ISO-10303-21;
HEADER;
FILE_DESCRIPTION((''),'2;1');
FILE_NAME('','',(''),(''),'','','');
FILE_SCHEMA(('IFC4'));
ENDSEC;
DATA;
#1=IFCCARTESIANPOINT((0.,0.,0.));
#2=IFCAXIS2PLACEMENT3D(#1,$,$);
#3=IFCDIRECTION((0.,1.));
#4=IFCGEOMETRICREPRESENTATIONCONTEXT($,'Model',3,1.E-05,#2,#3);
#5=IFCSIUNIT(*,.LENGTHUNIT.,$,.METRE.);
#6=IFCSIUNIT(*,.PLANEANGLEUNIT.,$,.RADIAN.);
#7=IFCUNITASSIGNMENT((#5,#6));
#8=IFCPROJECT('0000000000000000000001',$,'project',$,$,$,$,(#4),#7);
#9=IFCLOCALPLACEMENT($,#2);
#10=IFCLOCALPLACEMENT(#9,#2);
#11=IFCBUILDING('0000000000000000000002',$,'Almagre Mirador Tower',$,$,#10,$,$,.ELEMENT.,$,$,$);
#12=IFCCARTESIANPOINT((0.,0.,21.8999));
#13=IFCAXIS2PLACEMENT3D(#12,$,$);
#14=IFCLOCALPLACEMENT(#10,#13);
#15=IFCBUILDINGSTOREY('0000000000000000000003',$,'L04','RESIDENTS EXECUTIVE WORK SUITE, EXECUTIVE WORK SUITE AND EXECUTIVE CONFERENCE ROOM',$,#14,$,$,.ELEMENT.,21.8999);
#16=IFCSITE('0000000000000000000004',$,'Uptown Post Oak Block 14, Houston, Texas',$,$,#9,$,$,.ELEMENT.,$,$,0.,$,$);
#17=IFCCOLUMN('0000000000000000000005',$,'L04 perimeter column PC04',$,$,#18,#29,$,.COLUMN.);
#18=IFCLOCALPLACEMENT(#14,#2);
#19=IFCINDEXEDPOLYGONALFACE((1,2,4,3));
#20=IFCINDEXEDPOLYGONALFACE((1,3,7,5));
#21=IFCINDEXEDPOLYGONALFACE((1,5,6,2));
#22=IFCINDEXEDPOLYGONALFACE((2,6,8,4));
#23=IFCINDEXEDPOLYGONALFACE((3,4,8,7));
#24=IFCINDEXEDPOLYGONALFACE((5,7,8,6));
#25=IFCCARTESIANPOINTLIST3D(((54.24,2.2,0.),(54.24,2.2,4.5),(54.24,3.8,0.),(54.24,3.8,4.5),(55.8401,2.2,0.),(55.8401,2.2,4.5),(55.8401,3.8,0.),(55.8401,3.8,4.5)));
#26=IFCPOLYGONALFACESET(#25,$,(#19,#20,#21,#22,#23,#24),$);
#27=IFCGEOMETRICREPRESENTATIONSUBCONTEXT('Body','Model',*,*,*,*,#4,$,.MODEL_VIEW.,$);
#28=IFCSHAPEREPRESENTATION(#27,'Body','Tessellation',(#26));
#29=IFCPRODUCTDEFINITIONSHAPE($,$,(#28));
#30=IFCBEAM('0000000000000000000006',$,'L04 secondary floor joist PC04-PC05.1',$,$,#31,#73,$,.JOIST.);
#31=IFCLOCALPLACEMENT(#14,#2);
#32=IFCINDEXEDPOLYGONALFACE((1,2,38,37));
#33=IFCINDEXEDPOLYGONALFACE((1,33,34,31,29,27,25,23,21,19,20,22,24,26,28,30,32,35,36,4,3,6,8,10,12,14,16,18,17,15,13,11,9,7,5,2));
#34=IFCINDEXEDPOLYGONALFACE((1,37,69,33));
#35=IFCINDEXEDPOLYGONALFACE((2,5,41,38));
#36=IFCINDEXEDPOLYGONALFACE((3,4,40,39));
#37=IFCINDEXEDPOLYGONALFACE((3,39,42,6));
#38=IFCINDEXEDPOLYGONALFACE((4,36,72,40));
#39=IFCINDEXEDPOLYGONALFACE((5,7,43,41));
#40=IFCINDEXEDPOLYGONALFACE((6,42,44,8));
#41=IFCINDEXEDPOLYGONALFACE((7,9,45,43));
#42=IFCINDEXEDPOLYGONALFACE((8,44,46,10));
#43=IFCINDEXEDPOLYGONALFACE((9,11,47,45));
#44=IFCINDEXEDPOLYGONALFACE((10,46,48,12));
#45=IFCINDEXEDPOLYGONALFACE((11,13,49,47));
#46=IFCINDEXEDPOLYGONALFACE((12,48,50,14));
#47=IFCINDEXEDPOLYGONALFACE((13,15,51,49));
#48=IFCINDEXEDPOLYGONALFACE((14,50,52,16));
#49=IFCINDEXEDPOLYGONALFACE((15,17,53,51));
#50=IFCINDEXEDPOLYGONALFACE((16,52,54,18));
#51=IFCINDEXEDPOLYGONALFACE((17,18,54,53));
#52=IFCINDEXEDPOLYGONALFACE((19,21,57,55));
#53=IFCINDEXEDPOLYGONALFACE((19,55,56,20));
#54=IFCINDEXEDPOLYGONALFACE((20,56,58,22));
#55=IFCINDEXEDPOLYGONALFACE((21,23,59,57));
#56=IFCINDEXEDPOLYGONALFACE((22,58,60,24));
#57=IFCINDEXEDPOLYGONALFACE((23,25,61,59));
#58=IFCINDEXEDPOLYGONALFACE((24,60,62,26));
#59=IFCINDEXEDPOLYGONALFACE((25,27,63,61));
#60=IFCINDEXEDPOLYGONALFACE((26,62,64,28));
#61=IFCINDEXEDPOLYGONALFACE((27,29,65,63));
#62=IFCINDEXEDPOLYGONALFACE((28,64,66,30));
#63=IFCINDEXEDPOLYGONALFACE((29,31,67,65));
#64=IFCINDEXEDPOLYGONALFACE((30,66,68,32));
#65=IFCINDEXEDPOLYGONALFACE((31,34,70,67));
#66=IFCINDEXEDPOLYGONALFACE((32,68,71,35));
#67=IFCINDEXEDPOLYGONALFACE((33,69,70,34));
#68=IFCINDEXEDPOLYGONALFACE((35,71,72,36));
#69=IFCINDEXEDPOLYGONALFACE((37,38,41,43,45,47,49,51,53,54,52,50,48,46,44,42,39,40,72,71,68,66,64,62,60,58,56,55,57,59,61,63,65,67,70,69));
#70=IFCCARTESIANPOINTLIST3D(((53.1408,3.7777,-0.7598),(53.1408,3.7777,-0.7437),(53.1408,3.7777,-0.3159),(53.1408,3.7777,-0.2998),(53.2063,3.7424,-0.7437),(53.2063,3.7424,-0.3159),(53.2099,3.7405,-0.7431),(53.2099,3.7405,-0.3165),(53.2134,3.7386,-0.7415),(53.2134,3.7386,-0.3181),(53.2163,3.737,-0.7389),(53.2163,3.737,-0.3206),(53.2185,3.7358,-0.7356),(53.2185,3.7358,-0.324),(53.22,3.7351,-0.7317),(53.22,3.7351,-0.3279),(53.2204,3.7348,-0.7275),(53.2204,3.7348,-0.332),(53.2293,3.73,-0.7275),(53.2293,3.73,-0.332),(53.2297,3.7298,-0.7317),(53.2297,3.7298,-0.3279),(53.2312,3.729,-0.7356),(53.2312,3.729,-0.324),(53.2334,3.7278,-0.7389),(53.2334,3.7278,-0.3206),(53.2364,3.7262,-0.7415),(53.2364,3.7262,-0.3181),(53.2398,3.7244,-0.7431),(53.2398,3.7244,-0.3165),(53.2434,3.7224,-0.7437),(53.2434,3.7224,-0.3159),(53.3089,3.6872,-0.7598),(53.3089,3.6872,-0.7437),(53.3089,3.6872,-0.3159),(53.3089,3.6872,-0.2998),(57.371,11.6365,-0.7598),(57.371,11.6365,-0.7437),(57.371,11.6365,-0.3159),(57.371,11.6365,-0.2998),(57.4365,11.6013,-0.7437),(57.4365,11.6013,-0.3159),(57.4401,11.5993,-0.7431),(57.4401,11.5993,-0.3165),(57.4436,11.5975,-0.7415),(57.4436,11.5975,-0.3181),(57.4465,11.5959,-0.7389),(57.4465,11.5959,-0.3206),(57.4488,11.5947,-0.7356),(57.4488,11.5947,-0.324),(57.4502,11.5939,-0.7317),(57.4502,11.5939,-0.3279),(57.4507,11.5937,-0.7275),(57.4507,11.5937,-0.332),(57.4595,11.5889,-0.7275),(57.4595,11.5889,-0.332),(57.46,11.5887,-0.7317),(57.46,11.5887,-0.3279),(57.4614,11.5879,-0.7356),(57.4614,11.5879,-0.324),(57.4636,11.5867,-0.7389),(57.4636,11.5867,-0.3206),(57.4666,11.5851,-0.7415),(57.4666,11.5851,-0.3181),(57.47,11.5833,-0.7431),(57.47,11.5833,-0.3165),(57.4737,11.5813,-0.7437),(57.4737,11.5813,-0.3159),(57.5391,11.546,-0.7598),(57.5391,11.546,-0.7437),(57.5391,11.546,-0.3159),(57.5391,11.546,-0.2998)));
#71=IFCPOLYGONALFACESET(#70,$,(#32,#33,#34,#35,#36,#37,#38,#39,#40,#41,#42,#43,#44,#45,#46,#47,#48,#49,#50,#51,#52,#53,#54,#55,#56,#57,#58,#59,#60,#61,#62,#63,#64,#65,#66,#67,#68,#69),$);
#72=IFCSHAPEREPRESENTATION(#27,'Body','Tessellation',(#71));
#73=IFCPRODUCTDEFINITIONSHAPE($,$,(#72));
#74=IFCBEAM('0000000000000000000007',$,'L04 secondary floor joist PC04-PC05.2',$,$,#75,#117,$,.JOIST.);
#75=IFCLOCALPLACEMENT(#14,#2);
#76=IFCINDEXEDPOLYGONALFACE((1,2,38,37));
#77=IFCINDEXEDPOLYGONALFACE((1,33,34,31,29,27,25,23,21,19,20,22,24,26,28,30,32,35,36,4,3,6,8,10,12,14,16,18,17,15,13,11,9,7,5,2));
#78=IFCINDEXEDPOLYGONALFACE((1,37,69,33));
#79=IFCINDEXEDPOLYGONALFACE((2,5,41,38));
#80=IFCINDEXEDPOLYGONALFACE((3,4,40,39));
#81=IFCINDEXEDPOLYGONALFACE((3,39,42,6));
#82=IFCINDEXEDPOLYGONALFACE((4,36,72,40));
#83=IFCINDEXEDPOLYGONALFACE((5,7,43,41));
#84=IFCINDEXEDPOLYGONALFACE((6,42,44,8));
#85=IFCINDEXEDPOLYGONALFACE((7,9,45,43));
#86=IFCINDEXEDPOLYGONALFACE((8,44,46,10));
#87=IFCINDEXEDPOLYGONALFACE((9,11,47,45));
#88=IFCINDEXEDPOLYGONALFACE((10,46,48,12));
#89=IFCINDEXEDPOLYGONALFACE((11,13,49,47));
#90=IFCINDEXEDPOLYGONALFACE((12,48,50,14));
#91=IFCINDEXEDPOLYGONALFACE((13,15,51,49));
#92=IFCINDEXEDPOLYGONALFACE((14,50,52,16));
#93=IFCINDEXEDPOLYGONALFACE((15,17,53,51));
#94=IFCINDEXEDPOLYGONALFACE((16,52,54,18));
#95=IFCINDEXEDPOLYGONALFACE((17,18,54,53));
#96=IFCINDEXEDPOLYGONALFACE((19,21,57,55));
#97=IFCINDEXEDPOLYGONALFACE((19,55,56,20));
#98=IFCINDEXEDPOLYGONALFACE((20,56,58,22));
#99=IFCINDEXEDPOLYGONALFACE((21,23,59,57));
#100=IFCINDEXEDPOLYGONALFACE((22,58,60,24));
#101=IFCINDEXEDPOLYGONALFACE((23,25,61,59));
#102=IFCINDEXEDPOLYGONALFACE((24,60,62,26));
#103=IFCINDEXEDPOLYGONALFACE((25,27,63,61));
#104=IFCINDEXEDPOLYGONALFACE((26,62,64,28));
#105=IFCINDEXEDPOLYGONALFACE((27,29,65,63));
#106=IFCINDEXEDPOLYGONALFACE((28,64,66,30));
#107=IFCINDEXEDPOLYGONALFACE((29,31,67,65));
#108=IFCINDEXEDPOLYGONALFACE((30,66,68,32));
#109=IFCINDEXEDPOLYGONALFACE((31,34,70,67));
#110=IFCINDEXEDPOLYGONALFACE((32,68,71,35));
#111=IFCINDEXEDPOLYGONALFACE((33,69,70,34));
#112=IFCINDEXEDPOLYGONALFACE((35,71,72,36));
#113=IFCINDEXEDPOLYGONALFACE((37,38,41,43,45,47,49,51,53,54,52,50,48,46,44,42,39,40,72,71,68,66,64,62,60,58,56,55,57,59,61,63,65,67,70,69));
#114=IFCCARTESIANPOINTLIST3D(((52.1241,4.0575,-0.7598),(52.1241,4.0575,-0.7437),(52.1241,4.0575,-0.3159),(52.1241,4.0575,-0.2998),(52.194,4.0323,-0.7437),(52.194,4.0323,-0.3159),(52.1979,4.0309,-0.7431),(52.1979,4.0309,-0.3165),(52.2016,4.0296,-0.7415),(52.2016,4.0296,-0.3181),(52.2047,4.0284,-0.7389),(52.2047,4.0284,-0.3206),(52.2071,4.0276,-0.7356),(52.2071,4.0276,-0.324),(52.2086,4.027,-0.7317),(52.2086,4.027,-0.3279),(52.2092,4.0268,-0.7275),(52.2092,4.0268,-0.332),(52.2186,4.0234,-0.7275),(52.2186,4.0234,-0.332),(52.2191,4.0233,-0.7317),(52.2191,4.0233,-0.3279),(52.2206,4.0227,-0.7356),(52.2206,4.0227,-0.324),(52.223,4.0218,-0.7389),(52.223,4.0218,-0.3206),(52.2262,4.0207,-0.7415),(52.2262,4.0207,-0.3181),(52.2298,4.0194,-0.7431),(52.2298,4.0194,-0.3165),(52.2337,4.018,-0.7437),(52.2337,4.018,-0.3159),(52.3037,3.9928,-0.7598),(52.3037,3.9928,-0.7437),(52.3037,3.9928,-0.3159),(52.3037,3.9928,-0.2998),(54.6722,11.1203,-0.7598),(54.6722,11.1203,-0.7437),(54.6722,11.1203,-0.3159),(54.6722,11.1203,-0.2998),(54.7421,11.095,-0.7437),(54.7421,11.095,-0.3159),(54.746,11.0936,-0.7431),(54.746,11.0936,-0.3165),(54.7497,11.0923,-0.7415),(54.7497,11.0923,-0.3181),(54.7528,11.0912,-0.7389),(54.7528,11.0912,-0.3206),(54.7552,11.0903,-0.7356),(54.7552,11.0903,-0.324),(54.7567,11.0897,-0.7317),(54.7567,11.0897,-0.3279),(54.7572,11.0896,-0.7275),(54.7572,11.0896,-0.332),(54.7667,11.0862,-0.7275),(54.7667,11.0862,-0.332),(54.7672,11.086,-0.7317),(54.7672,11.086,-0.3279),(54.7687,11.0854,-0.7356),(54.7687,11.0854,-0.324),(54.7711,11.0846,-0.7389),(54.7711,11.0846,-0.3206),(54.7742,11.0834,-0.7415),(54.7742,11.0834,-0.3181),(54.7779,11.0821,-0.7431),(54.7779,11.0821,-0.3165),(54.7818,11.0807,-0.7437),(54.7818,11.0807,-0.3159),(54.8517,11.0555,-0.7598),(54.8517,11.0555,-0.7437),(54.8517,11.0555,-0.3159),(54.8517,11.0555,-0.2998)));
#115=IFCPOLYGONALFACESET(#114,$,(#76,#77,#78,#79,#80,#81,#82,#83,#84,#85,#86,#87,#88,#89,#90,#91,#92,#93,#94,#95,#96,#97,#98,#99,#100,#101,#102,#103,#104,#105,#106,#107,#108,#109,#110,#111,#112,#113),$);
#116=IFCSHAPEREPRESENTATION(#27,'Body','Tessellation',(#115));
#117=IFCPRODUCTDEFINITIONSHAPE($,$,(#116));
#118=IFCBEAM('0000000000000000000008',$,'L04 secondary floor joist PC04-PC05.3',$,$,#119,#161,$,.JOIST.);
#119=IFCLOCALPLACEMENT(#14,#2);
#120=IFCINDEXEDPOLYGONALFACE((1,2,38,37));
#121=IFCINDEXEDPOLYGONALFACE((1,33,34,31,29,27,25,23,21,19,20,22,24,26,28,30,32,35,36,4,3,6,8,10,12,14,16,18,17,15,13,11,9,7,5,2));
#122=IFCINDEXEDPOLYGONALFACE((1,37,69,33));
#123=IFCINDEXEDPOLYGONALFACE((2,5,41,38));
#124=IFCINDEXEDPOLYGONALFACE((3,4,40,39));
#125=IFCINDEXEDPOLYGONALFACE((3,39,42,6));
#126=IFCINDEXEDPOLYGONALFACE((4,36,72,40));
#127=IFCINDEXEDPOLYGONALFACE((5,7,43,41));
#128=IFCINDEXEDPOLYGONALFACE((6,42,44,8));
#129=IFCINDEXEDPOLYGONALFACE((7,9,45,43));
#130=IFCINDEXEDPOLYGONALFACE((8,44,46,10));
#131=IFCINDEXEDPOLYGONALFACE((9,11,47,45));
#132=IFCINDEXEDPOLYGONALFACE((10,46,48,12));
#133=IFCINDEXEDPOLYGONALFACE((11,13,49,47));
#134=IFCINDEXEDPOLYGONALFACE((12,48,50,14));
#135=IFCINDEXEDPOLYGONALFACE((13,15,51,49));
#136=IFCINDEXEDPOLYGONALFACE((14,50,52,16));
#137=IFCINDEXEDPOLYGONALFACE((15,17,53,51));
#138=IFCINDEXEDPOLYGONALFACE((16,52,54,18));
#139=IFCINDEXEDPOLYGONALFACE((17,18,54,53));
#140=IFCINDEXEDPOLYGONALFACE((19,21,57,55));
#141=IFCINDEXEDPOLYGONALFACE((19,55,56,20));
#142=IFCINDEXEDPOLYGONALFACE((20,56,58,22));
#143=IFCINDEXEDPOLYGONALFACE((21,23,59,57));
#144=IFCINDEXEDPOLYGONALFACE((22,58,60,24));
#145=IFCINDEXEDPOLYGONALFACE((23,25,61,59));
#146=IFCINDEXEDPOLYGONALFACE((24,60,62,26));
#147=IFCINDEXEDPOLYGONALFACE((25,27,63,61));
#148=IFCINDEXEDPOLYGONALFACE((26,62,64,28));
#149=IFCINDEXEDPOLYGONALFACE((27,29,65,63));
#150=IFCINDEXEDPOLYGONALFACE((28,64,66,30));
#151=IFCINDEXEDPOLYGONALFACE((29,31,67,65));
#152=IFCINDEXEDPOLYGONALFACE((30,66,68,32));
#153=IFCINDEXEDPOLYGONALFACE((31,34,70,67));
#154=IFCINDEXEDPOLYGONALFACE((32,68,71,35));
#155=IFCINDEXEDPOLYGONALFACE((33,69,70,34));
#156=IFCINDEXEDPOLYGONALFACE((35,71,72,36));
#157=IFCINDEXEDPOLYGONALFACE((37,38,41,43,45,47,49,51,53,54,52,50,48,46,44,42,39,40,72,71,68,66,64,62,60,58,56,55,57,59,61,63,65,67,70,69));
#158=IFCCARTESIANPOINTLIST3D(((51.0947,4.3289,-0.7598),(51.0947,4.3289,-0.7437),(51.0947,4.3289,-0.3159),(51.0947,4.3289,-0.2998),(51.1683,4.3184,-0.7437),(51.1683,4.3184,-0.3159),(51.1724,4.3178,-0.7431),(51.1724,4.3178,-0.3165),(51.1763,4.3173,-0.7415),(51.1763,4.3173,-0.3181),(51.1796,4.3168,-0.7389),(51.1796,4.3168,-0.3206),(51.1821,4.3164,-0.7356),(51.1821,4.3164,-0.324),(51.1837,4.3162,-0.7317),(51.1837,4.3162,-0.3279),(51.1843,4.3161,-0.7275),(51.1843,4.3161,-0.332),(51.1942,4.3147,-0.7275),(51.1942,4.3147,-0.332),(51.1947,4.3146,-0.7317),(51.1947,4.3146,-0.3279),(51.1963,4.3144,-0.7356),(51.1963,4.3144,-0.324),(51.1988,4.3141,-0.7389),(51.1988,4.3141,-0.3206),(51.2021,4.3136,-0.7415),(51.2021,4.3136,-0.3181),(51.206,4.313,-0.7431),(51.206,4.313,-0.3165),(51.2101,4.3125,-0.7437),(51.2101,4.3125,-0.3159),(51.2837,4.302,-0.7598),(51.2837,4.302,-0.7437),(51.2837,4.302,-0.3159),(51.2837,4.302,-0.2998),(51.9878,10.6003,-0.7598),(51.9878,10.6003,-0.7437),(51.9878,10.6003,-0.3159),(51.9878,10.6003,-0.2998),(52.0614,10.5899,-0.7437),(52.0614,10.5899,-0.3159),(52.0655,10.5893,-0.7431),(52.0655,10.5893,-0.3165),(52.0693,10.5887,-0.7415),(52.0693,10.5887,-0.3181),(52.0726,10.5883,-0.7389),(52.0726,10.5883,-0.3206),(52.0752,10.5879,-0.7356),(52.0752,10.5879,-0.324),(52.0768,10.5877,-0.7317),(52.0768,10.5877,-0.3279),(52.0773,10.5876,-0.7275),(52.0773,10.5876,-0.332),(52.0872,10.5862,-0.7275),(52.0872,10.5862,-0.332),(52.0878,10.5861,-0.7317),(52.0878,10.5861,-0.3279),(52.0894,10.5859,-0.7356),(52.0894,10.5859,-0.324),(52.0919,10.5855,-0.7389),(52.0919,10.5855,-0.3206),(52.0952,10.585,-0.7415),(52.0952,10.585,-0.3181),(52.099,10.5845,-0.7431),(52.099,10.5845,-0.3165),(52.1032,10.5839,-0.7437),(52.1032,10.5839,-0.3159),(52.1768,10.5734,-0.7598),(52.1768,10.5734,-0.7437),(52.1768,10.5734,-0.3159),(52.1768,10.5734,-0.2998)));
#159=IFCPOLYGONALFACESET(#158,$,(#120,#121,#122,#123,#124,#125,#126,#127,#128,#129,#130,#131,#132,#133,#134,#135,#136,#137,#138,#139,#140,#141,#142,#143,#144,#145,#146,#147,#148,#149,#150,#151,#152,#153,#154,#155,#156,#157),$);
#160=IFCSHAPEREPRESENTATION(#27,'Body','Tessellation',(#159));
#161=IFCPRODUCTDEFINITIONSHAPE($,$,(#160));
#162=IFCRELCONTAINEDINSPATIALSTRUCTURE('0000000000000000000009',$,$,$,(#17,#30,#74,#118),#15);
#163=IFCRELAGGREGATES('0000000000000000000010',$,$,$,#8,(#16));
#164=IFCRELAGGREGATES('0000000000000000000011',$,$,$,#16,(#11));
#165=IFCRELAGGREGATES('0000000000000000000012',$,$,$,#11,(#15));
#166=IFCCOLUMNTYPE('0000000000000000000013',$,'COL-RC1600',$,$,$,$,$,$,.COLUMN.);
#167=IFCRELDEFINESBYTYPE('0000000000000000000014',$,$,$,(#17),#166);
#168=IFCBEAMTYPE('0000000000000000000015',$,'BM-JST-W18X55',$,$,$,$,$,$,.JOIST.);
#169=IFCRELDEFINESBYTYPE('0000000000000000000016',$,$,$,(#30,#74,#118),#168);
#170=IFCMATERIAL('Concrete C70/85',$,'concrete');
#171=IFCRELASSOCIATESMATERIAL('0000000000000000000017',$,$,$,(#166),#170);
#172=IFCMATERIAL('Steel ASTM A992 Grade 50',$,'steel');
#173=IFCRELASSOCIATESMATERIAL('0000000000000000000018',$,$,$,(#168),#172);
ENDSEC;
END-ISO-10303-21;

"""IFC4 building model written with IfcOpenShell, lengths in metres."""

from ifc_helpers import new_model, si_unit, direction, frame, origin, origin_2d, place, context, subcontext, project, spatial, rectangle, i_section, extrude, material, material_profile, profile_set, type_object, element, save


model = new_model("IFC4")

# Units and contexts
model_context = context("Model", 3, precision=1e-05, world=origin(), true_north=direction((0.0, 1.0)))
body_context = subcontext(model_context, "Body", "Model", "MODEL_VIEW")
ifc_project = project(units=[si_unit("LENGTHUNIT", "METRE"), si_unit("PLANEANGLEUNIT", "RADIAN")], contexts=[model_context])

# Site, building, storey
site_placement = place(None, origin())
site = spatial("IfcSite", under=ifc_project, at=site_placement, Name="Uptown Post Oak Block 14, Houston, Texas", CompositionType="ELEMENT", RefElevation=0.0)
building_placement = place(site_placement, origin())
building = spatial("IfcBuilding", under=site, at=building_placement, Name="Almagre Mirador Tower", CompositionType="ELEMENT")
storey_placement = place(building_placement, frame((0.0, 0.0, 21.8999)))
storey = spatial("IfcBuildingStorey", under=building, at=storey_placement, Name="L04", Description="RESIDENTS EXECUTIVE WORK SUITE, EXECUTIVE WORK SUITE AND EXECUTIVE CONFERENCE ROOM", CompositionType="ELEMENT", Elevation=21.8999)

# Column
ifc_material_1 = material(Name="Concrete C70/85", Category="concrete")
ifc_material_profile_1 = material_profile(ifc_material_1, rectangle(XDim=1.6001, YDim=1.6001, at=origin_2d()), Name="RC1600X1600")
ifc_profile_set_1 = profile_set([ifc_material_profile_1], Name="Concrete C70/85")
column_type = type_object("IfcColumnType", Name="COL-RC1600", PredefinedType="COLUMN", material=ifc_profile_set_1)
column_placement = place(storey_placement, frame((55.04, 3.0, 0.0), z_axis=(0.0, 0.0, 1.0), x_axis=(1.0, 0.0, 0.0)))
element("IfcColumn", 1, at=column_placement, inside=storey, type_object=column_type, Name="L04 perimeter column PC04", PredefinedType="COLUMN", context=body_context, shape_type="SweptSolid", body=[
    extrude(rectangle(XDim=1.6001, YDim=1.6001, at=origin_2d()), origin(), (0.0, 0.0, 1.0), 4.5),
])

# Beams
ifc_material_2 = material(Name="Steel ASTM A992 Grade 50", Category="steel")
ifc_material_profile_2 = material_profile(ifc_material_2, i_section(OverallWidth=0.1909, OverallDepth=0.46, WebThickness=0.01, FlangeThickness=0.0161, FilletRadius=0.0161, at=origin_2d()), Name="W18X55")
ifc_profile_set_2 = profile_set([ifc_material_profile_2], Name="Steel ASTM A992 Grade 50")
beam_type_1 = type_object("IfcBeamType", Name="BM-JST-W18X55", PredefinedType="JOIST", material=ifc_profile_set_2)
beam_1_placement = place(storey_placement, frame((53.2249, 3.7324, -0.5298), z_axis=(0.473971, 0.88054, 0.0), x_axis=(-0.88054, 0.473971, 0.0)))
element("IfcBeam", 2, at=beam_1_placement, inside=storey, type_object=beam_type_1, Name="L04 secondary floor joist PC04-PC05.1", PredefinedType="JOIST", context=body_context, shape_type="SweptSolid", body=[
    extrude(i_section(OverallWidth=0.1909, OverallDepth=0.46, WebThickness=0.01, FlangeThickness=0.0161, FilletRadius=0.0161, at=origin_2d()), origin(), (0.0, 0.0, 1.0), 8.925),
])
beam_2_placement = place(storey_placement, frame((52.2139, 4.0251, -0.5298), z_axis=(0.339369, 0.940653, 0.0), x_axis=(-0.940653, 0.339369, 0.0)))
element("IfcBeam", 3, at=beam_2_placement, inside=storey, type_object=beam_type_1, Name="L04 secondary floor joist PC04-PC05.2", PredefinedType="JOIST", context=body_context, shape_type="SweptSolid", body=[
    extrude(i_section(OverallWidth=0.1909, OverallDepth=0.46, WebThickness=0.01, FlangeThickness=0.0161, FilletRadius=0.0161, at=origin_2d()), origin(), (0.0, 0.0, 1.0), 7.5083),
])
beam_3_placement = place(storey_placement, frame((51.1892, 4.3154, -0.5298), z_axis=(0.140979, 0.990013, 0.0), x_axis=(-0.990013, 0.140979, 0.0)))
element("IfcBeam", 4, at=beam_3_placement, inside=storey, type_object=beam_type_1, Name="L04 secondary floor joist PC04-PC05.3", PredefinedType="JOIST", context=body_context, shape_type="SweptSolid", body=[
    extrude(i_section(OverallWidth=0.1909, OverallDepth=0.46, WebThickness=0.01, FlangeThickness=0.0161, FilletRadius=0.0161, at=origin_2d()), origin(), (0.0, 0.0, 1.0), 6.3347),
])

save(model, "model.ifc")
